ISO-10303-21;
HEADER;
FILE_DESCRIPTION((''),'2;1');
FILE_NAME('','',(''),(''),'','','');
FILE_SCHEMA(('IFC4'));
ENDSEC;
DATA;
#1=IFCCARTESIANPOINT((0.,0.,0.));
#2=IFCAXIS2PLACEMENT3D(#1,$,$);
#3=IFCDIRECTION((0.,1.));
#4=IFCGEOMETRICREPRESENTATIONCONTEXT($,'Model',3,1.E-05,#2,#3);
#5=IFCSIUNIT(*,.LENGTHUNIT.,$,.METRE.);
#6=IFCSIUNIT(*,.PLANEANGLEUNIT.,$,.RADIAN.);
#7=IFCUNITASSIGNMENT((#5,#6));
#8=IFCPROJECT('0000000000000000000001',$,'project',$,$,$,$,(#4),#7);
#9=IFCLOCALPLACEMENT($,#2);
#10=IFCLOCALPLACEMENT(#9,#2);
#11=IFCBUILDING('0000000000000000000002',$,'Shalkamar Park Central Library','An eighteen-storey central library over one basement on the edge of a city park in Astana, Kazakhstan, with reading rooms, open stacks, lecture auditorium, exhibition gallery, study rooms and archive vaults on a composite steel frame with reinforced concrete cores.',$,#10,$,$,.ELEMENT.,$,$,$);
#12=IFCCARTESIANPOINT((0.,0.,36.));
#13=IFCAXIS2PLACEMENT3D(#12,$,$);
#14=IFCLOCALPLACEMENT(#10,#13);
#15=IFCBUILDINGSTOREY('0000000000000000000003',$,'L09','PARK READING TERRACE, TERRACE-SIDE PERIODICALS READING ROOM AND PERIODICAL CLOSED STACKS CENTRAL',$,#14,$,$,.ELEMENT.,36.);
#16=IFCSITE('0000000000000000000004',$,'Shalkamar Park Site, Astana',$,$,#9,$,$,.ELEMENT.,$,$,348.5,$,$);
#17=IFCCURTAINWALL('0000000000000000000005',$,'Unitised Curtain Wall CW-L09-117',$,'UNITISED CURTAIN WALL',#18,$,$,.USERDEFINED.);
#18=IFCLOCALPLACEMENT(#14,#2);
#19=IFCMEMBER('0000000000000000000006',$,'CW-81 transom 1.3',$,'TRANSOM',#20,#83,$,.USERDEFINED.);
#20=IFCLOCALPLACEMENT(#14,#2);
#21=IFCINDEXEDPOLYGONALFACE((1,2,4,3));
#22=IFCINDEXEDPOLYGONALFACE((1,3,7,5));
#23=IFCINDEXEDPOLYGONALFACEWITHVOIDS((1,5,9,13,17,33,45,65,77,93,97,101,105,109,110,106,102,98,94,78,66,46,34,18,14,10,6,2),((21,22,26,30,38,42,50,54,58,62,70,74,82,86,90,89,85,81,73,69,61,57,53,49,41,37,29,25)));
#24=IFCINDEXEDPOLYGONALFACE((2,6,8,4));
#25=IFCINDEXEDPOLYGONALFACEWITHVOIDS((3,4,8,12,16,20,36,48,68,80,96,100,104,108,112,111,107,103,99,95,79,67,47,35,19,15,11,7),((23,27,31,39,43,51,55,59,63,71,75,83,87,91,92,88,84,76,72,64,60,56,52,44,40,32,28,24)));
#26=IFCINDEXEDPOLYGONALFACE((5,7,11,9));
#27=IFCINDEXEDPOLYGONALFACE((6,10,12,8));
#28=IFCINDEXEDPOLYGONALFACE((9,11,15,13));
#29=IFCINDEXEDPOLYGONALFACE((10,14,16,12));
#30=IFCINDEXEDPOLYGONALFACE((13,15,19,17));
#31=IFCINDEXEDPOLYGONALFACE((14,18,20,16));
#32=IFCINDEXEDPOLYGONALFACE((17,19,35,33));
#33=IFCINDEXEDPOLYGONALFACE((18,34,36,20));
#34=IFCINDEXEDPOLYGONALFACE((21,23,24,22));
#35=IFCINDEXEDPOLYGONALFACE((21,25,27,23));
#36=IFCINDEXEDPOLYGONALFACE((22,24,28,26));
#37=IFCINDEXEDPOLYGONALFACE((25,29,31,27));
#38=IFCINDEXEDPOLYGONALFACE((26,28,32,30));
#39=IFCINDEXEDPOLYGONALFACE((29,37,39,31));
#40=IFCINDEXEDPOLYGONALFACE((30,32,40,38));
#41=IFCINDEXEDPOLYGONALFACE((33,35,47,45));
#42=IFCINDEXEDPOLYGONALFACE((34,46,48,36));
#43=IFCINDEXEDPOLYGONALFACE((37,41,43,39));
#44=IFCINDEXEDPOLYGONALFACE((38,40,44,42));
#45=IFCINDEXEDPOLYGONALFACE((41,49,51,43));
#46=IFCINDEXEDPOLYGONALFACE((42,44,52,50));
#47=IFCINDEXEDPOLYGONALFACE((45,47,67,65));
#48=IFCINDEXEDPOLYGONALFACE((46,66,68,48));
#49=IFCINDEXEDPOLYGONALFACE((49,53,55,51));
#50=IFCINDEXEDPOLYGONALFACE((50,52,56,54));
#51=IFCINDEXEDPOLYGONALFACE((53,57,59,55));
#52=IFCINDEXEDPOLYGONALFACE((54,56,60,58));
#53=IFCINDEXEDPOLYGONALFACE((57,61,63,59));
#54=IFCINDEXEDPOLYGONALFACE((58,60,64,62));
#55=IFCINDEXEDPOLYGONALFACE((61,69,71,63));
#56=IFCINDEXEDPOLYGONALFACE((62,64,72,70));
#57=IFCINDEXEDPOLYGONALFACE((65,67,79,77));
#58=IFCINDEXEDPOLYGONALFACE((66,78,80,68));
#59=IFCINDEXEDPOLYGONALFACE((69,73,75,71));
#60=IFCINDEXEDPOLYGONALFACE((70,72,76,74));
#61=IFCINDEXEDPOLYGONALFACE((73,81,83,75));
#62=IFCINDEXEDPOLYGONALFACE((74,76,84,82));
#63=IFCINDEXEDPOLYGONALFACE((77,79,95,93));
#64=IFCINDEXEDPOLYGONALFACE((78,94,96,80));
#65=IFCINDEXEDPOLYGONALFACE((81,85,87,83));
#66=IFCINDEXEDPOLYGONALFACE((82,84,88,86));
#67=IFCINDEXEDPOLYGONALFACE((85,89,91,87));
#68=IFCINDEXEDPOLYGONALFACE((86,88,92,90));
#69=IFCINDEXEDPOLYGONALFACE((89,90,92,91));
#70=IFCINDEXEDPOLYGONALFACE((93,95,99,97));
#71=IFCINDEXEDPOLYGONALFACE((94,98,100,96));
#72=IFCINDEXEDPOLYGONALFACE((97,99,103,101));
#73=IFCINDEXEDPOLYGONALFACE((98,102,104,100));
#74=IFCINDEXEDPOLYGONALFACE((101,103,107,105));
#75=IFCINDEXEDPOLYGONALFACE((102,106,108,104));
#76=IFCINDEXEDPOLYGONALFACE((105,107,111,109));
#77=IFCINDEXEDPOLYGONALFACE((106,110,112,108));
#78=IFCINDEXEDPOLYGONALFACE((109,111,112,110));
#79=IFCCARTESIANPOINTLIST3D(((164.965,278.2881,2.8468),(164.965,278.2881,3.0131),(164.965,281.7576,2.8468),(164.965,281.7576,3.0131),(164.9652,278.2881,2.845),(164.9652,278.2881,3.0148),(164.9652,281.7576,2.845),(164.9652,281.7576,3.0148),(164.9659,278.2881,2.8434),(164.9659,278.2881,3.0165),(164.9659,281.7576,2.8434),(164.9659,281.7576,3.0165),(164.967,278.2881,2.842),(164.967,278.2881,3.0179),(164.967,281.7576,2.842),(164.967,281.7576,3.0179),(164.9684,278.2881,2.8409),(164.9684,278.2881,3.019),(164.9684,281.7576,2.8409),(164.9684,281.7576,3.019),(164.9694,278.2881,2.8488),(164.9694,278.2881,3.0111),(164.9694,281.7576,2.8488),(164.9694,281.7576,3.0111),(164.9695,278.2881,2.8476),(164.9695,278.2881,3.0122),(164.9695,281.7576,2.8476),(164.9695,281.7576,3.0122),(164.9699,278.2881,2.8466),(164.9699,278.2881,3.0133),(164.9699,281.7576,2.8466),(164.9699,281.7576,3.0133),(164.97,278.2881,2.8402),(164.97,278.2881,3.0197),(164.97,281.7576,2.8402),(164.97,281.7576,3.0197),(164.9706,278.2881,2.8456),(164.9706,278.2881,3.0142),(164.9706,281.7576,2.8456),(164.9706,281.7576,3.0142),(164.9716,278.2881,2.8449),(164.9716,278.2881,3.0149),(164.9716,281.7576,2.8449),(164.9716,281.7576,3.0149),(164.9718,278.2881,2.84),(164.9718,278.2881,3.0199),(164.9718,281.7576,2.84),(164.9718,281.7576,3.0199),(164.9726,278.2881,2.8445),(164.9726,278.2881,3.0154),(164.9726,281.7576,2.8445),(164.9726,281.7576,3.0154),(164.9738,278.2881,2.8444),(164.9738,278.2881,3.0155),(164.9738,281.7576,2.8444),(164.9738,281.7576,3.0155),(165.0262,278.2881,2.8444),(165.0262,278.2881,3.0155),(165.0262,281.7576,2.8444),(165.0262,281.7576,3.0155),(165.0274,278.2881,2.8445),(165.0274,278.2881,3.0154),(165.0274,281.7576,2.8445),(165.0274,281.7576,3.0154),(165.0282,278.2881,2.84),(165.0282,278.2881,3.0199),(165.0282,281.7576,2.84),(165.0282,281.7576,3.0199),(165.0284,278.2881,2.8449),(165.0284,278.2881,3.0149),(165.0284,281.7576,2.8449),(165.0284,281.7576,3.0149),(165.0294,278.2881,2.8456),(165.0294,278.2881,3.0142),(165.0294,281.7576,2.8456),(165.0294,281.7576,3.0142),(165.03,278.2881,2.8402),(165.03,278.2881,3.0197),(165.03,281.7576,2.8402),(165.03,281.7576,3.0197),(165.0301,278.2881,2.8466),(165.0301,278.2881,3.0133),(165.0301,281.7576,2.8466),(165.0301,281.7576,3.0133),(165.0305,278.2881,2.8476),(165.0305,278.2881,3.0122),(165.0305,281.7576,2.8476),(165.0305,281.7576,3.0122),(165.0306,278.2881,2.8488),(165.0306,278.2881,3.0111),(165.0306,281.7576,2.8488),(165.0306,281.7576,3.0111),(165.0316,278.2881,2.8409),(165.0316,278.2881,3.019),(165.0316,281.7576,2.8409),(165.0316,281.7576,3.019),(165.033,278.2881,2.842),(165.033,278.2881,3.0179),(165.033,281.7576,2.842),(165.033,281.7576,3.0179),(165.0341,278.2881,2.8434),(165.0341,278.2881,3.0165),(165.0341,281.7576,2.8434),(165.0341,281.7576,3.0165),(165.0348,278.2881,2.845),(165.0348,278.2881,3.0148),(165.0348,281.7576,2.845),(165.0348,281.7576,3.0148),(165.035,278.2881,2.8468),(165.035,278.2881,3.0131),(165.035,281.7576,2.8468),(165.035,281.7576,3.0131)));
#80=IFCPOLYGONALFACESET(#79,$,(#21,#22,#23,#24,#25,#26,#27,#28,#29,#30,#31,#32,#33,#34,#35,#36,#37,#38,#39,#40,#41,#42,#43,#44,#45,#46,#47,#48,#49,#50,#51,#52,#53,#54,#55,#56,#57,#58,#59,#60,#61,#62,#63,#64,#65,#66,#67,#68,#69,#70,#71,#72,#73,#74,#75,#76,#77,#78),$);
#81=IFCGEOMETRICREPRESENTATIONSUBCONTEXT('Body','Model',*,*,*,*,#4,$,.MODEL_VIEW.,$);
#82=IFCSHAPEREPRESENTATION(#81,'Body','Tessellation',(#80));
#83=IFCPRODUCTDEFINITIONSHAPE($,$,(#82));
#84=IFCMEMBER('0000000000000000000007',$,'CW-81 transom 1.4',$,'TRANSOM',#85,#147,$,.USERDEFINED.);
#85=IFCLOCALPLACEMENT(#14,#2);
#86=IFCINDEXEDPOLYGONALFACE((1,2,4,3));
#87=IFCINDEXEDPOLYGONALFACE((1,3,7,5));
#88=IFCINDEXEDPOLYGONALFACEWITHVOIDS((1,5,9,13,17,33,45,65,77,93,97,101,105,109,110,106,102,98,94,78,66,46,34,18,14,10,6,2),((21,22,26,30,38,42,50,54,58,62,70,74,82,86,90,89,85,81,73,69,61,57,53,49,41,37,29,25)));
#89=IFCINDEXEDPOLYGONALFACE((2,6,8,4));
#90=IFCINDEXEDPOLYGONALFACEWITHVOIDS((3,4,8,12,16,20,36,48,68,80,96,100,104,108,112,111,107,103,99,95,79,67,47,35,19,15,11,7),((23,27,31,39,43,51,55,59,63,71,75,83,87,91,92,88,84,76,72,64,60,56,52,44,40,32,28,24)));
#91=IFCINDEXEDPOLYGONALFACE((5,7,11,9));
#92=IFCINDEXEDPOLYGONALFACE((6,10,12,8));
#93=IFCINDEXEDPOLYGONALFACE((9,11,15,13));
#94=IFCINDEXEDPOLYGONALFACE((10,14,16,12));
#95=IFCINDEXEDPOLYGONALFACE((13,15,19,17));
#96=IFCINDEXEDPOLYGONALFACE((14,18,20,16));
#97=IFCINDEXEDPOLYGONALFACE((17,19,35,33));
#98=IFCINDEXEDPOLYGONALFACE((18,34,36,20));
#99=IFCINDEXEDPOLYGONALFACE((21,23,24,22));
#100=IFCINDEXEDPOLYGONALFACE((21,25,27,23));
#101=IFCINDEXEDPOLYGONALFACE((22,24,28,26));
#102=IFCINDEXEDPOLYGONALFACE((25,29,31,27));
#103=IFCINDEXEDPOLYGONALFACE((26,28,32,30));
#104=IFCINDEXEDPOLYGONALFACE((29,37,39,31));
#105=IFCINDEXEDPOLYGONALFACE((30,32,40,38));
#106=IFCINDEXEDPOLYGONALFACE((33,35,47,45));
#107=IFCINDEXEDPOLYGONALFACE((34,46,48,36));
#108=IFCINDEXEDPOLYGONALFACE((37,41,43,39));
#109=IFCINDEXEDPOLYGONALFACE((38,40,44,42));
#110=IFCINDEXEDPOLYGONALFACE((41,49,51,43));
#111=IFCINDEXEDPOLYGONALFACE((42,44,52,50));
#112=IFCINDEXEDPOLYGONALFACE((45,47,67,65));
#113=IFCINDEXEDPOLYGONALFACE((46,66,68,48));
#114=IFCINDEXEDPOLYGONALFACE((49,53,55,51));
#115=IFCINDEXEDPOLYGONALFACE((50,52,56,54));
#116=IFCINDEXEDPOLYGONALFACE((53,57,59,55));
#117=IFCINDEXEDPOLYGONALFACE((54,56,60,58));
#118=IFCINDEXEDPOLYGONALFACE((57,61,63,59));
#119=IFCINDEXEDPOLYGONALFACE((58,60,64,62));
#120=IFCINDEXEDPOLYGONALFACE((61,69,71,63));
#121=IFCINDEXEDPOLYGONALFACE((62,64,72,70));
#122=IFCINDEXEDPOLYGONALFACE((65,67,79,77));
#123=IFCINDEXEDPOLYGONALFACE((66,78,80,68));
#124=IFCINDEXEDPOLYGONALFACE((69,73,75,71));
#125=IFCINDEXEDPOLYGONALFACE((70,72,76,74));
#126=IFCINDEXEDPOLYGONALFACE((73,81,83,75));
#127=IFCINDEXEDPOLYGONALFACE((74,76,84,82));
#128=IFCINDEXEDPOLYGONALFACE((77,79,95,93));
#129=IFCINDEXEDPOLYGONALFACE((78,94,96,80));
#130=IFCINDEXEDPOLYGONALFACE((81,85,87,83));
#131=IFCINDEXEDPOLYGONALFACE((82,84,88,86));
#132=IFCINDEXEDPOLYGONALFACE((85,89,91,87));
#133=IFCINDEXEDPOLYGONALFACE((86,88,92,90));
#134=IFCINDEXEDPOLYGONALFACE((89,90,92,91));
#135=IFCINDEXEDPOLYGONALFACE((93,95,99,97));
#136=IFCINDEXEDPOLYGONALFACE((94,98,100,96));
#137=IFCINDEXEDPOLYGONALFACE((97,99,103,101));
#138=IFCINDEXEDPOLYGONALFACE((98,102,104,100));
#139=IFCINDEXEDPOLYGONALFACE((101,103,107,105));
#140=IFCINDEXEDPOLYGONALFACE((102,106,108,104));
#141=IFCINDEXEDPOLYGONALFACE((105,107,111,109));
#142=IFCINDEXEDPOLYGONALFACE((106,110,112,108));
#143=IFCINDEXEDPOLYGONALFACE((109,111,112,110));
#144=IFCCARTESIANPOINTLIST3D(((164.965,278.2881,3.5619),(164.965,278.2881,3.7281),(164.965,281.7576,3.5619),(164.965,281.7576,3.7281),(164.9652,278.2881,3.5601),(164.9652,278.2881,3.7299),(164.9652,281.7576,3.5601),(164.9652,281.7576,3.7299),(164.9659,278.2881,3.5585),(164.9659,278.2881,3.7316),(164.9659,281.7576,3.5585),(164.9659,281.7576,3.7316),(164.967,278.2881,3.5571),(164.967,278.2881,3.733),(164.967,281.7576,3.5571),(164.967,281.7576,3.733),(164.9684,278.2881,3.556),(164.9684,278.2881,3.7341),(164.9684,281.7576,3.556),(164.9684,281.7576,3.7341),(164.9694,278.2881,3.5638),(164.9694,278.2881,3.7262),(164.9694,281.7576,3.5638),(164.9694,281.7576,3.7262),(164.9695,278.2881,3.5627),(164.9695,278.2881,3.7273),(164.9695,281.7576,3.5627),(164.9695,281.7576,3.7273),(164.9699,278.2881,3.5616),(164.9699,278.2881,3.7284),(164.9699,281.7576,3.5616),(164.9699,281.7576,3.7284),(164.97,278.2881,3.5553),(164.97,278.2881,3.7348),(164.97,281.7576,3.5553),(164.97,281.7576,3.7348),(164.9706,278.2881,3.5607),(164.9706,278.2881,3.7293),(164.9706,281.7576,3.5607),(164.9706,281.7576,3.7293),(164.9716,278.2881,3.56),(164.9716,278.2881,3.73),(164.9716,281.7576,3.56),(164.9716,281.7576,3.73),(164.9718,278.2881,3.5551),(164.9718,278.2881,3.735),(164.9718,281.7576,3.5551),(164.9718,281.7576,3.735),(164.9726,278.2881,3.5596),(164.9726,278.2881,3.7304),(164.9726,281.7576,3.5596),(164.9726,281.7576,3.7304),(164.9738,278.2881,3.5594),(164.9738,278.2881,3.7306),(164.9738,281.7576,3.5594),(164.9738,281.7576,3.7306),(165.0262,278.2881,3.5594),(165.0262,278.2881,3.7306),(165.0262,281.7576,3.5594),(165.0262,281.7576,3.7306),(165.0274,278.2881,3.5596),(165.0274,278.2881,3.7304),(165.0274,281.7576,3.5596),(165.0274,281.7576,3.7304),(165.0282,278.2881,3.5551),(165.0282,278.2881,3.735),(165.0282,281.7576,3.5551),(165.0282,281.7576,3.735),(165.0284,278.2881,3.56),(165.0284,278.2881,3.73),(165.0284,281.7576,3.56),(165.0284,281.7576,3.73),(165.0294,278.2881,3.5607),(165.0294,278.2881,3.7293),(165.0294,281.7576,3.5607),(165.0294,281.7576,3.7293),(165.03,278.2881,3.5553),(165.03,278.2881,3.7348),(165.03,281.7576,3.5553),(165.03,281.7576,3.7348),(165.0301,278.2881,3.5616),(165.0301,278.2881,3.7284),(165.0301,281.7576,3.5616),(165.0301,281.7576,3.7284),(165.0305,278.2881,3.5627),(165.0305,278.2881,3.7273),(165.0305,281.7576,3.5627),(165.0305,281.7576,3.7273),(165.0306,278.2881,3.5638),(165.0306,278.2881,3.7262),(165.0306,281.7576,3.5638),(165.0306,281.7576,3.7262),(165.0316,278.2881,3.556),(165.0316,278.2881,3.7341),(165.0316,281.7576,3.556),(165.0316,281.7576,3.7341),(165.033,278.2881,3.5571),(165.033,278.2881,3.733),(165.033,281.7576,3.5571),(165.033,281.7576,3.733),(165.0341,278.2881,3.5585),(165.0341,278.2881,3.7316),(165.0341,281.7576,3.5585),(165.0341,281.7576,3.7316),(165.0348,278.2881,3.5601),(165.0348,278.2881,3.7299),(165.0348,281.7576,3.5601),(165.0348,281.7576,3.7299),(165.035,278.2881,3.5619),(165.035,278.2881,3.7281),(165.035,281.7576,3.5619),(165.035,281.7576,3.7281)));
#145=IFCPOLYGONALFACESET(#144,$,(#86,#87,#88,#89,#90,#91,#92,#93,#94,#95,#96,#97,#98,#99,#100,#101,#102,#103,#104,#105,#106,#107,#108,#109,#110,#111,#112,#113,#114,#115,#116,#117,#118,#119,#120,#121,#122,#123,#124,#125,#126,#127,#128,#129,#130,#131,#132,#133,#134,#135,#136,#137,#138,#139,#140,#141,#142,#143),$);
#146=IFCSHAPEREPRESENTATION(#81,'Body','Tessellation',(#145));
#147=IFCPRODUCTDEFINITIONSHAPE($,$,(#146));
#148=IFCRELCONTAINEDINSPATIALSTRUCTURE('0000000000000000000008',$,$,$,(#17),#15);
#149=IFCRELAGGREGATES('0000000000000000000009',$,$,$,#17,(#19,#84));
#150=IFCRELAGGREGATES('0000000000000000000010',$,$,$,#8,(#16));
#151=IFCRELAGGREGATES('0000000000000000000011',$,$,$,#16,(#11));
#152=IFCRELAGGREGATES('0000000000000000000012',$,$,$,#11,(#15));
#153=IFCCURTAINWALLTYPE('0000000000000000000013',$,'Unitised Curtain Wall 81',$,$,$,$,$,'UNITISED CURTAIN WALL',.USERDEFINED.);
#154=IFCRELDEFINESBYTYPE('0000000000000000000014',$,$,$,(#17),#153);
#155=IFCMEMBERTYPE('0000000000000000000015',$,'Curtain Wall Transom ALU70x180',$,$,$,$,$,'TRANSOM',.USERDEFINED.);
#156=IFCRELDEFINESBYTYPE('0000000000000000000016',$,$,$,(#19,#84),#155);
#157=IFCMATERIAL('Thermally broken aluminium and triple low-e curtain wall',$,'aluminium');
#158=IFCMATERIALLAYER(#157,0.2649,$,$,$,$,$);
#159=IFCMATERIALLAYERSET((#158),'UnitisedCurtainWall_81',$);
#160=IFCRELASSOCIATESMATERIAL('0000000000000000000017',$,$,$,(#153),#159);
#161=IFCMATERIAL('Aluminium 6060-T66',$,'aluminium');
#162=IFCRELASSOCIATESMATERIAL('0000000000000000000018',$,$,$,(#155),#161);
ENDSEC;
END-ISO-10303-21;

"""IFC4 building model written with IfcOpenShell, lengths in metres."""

from ifc_helpers import new_model, si_unit, direction, frame, origin, origin_2d, place, context, subcontext, project, spatial, hollow_rectangle, extrude, material, layer, layer_set, material_profile, profile_set, type_object, element, aggregate, save


model = new_model("IFC4")

# Units and contexts
model_context = context("Model", 3, precision=1e-05, world=origin(), true_north=direction((0.0, 1.0)))
body_context = subcontext(model_context, "Body", "Model", "MODEL_VIEW")
ifc_project = project(units=[si_unit("LENGTHUNIT", "METRE"), si_unit("PLANEANGLEUNIT", "RADIAN")], contexts=[model_context])

# Site, building, storey
site_placement = place(None, origin())
site = spatial("IfcSite", under=ifc_project, at=site_placement, Name="Shalkamar Park Site, Astana", CompositionType="ELEMENT", RefElevation=348.5)
building_placement = place(site_placement, origin())
building = spatial("IfcBuilding", under=site, at=building_placement, Name="Shalkamar Park Central Library", Description="An eighteen-storey central library over one basement on the edge of a city park in Astana, Kazakhstan, with reading rooms, open stacks, lecture auditorium, exhibition gallery, study rooms and archive vaults on a composite steel frame with reinforced concrete cores.", CompositionType="ELEMENT")
storey_placement = place(building_placement, frame((0.0, 0.0, 36.0)))
storey = spatial("IfcBuildingStorey", under=building, at=storey_placement, Name="L09", Description="PARK READING TERRACE, TERRACE-SIDE PERIODICALS READING ROOM AND PERIODICAL CLOSED STACKS CENTRAL", CompositionType="ELEMENT", Elevation=36.0)

# Curtain wall, members
ifc_material_1 = material(Name="Thermally broken aluminium and triple low-e curtain wall", Category="aluminium")
ifc_layer_1 = layer(ifc_material_1, 0.2649)
ifc_layer_set_1 = layer_set([ifc_layer_1], Name="UnitisedCurtainWall_81")
curtain_wall_type = type_object("IfcCurtainWallType", Name="Unitised Curtain Wall 81", ElementType="UNITISED CURTAIN WALL", PredefinedType="USERDEFINED", material=ifc_layer_set_1)
curtain_wall_placement = place(storey_placement, origin())
curtain_wall = element("IfcCurtainWall", 1, at=curtain_wall_placement, inside=storey, type_object=curtain_wall_type, Name="Unitised Curtain Wall CW-L09-117", ObjectType="UNITISED CURTAIN WALL", PredefinedType="USERDEFINED")
ifc_material_2 = material(Name="Aluminium 6060-T66", Category="aluminium")
ifc_material_profile_1 = material_profile(ifc_material_2, hollow_rectangle(XDim=0.0701, YDim=0.1799, WallThickness=0.0044, InnerFilletRadius=0.0044, OuterFilletRadius=0.0068, at=origin_2d()), Name="ALU 70x180x4.5")
ifc_profile_set_1 = profile_set([ifc_material_profile_1], Name="Aluminium 6060-T66")
member_type_1 = type_object("IfcMemberType", Name="Curtain Wall Transom ALU70x180", ElementType="TRANSOM", PredefinedType="USERDEFINED", material=ifc_profile_set_1)
member_1_placement = place(storey_placement, frame((165.0, 278.2881, 2.9299), z_axis=(0.0, 1.0, 0.0), x_axis=(-1.0, 0.0, 0.0)))
member_1 = element("IfcMember", 2, at=member_1_placement, type_object=member_type_1, Name="CW-81 transom 1.3", ObjectType="TRANSOM", PredefinedType="USERDEFINED", context=body_context, shape_type="SweptSolid", body=[
    extrude(hollow_rectangle(XDim=0.0701, YDim=0.1799, WallThickness=0.0044, InnerFilletRadius=0.0044, OuterFilletRadius=0.0068, at=origin_2d()), origin(), (0.0, 0.0, 1.0), 3.4695),
])
member_2_placement = place(storey_placement, frame((165.0, 278.2881, 3.645), z_axis=(0.0, 1.0, 0.0), x_axis=(-1.0, 0.0, 0.0)))
member_2 = element("IfcMember", 3, at=member_2_placement, type_object=member_type_1, Name="CW-81 transom 1.4", ObjectType="TRANSOM", PredefinedType="USERDEFINED", context=body_context, shape_type="SweptSolid", body=[
    extrude(hollow_rectangle(XDim=0.0701, YDim=0.1799, WallThickness=0.0044, InnerFilletRadius=0.0044, OuterFilletRadius=0.0068, at=origin_2d()), origin(), (0.0, 0.0, 1.0), 3.4695),
])

aggregate(curtain_wall, [member_1, member_2])

save(model, "model.ifc")
